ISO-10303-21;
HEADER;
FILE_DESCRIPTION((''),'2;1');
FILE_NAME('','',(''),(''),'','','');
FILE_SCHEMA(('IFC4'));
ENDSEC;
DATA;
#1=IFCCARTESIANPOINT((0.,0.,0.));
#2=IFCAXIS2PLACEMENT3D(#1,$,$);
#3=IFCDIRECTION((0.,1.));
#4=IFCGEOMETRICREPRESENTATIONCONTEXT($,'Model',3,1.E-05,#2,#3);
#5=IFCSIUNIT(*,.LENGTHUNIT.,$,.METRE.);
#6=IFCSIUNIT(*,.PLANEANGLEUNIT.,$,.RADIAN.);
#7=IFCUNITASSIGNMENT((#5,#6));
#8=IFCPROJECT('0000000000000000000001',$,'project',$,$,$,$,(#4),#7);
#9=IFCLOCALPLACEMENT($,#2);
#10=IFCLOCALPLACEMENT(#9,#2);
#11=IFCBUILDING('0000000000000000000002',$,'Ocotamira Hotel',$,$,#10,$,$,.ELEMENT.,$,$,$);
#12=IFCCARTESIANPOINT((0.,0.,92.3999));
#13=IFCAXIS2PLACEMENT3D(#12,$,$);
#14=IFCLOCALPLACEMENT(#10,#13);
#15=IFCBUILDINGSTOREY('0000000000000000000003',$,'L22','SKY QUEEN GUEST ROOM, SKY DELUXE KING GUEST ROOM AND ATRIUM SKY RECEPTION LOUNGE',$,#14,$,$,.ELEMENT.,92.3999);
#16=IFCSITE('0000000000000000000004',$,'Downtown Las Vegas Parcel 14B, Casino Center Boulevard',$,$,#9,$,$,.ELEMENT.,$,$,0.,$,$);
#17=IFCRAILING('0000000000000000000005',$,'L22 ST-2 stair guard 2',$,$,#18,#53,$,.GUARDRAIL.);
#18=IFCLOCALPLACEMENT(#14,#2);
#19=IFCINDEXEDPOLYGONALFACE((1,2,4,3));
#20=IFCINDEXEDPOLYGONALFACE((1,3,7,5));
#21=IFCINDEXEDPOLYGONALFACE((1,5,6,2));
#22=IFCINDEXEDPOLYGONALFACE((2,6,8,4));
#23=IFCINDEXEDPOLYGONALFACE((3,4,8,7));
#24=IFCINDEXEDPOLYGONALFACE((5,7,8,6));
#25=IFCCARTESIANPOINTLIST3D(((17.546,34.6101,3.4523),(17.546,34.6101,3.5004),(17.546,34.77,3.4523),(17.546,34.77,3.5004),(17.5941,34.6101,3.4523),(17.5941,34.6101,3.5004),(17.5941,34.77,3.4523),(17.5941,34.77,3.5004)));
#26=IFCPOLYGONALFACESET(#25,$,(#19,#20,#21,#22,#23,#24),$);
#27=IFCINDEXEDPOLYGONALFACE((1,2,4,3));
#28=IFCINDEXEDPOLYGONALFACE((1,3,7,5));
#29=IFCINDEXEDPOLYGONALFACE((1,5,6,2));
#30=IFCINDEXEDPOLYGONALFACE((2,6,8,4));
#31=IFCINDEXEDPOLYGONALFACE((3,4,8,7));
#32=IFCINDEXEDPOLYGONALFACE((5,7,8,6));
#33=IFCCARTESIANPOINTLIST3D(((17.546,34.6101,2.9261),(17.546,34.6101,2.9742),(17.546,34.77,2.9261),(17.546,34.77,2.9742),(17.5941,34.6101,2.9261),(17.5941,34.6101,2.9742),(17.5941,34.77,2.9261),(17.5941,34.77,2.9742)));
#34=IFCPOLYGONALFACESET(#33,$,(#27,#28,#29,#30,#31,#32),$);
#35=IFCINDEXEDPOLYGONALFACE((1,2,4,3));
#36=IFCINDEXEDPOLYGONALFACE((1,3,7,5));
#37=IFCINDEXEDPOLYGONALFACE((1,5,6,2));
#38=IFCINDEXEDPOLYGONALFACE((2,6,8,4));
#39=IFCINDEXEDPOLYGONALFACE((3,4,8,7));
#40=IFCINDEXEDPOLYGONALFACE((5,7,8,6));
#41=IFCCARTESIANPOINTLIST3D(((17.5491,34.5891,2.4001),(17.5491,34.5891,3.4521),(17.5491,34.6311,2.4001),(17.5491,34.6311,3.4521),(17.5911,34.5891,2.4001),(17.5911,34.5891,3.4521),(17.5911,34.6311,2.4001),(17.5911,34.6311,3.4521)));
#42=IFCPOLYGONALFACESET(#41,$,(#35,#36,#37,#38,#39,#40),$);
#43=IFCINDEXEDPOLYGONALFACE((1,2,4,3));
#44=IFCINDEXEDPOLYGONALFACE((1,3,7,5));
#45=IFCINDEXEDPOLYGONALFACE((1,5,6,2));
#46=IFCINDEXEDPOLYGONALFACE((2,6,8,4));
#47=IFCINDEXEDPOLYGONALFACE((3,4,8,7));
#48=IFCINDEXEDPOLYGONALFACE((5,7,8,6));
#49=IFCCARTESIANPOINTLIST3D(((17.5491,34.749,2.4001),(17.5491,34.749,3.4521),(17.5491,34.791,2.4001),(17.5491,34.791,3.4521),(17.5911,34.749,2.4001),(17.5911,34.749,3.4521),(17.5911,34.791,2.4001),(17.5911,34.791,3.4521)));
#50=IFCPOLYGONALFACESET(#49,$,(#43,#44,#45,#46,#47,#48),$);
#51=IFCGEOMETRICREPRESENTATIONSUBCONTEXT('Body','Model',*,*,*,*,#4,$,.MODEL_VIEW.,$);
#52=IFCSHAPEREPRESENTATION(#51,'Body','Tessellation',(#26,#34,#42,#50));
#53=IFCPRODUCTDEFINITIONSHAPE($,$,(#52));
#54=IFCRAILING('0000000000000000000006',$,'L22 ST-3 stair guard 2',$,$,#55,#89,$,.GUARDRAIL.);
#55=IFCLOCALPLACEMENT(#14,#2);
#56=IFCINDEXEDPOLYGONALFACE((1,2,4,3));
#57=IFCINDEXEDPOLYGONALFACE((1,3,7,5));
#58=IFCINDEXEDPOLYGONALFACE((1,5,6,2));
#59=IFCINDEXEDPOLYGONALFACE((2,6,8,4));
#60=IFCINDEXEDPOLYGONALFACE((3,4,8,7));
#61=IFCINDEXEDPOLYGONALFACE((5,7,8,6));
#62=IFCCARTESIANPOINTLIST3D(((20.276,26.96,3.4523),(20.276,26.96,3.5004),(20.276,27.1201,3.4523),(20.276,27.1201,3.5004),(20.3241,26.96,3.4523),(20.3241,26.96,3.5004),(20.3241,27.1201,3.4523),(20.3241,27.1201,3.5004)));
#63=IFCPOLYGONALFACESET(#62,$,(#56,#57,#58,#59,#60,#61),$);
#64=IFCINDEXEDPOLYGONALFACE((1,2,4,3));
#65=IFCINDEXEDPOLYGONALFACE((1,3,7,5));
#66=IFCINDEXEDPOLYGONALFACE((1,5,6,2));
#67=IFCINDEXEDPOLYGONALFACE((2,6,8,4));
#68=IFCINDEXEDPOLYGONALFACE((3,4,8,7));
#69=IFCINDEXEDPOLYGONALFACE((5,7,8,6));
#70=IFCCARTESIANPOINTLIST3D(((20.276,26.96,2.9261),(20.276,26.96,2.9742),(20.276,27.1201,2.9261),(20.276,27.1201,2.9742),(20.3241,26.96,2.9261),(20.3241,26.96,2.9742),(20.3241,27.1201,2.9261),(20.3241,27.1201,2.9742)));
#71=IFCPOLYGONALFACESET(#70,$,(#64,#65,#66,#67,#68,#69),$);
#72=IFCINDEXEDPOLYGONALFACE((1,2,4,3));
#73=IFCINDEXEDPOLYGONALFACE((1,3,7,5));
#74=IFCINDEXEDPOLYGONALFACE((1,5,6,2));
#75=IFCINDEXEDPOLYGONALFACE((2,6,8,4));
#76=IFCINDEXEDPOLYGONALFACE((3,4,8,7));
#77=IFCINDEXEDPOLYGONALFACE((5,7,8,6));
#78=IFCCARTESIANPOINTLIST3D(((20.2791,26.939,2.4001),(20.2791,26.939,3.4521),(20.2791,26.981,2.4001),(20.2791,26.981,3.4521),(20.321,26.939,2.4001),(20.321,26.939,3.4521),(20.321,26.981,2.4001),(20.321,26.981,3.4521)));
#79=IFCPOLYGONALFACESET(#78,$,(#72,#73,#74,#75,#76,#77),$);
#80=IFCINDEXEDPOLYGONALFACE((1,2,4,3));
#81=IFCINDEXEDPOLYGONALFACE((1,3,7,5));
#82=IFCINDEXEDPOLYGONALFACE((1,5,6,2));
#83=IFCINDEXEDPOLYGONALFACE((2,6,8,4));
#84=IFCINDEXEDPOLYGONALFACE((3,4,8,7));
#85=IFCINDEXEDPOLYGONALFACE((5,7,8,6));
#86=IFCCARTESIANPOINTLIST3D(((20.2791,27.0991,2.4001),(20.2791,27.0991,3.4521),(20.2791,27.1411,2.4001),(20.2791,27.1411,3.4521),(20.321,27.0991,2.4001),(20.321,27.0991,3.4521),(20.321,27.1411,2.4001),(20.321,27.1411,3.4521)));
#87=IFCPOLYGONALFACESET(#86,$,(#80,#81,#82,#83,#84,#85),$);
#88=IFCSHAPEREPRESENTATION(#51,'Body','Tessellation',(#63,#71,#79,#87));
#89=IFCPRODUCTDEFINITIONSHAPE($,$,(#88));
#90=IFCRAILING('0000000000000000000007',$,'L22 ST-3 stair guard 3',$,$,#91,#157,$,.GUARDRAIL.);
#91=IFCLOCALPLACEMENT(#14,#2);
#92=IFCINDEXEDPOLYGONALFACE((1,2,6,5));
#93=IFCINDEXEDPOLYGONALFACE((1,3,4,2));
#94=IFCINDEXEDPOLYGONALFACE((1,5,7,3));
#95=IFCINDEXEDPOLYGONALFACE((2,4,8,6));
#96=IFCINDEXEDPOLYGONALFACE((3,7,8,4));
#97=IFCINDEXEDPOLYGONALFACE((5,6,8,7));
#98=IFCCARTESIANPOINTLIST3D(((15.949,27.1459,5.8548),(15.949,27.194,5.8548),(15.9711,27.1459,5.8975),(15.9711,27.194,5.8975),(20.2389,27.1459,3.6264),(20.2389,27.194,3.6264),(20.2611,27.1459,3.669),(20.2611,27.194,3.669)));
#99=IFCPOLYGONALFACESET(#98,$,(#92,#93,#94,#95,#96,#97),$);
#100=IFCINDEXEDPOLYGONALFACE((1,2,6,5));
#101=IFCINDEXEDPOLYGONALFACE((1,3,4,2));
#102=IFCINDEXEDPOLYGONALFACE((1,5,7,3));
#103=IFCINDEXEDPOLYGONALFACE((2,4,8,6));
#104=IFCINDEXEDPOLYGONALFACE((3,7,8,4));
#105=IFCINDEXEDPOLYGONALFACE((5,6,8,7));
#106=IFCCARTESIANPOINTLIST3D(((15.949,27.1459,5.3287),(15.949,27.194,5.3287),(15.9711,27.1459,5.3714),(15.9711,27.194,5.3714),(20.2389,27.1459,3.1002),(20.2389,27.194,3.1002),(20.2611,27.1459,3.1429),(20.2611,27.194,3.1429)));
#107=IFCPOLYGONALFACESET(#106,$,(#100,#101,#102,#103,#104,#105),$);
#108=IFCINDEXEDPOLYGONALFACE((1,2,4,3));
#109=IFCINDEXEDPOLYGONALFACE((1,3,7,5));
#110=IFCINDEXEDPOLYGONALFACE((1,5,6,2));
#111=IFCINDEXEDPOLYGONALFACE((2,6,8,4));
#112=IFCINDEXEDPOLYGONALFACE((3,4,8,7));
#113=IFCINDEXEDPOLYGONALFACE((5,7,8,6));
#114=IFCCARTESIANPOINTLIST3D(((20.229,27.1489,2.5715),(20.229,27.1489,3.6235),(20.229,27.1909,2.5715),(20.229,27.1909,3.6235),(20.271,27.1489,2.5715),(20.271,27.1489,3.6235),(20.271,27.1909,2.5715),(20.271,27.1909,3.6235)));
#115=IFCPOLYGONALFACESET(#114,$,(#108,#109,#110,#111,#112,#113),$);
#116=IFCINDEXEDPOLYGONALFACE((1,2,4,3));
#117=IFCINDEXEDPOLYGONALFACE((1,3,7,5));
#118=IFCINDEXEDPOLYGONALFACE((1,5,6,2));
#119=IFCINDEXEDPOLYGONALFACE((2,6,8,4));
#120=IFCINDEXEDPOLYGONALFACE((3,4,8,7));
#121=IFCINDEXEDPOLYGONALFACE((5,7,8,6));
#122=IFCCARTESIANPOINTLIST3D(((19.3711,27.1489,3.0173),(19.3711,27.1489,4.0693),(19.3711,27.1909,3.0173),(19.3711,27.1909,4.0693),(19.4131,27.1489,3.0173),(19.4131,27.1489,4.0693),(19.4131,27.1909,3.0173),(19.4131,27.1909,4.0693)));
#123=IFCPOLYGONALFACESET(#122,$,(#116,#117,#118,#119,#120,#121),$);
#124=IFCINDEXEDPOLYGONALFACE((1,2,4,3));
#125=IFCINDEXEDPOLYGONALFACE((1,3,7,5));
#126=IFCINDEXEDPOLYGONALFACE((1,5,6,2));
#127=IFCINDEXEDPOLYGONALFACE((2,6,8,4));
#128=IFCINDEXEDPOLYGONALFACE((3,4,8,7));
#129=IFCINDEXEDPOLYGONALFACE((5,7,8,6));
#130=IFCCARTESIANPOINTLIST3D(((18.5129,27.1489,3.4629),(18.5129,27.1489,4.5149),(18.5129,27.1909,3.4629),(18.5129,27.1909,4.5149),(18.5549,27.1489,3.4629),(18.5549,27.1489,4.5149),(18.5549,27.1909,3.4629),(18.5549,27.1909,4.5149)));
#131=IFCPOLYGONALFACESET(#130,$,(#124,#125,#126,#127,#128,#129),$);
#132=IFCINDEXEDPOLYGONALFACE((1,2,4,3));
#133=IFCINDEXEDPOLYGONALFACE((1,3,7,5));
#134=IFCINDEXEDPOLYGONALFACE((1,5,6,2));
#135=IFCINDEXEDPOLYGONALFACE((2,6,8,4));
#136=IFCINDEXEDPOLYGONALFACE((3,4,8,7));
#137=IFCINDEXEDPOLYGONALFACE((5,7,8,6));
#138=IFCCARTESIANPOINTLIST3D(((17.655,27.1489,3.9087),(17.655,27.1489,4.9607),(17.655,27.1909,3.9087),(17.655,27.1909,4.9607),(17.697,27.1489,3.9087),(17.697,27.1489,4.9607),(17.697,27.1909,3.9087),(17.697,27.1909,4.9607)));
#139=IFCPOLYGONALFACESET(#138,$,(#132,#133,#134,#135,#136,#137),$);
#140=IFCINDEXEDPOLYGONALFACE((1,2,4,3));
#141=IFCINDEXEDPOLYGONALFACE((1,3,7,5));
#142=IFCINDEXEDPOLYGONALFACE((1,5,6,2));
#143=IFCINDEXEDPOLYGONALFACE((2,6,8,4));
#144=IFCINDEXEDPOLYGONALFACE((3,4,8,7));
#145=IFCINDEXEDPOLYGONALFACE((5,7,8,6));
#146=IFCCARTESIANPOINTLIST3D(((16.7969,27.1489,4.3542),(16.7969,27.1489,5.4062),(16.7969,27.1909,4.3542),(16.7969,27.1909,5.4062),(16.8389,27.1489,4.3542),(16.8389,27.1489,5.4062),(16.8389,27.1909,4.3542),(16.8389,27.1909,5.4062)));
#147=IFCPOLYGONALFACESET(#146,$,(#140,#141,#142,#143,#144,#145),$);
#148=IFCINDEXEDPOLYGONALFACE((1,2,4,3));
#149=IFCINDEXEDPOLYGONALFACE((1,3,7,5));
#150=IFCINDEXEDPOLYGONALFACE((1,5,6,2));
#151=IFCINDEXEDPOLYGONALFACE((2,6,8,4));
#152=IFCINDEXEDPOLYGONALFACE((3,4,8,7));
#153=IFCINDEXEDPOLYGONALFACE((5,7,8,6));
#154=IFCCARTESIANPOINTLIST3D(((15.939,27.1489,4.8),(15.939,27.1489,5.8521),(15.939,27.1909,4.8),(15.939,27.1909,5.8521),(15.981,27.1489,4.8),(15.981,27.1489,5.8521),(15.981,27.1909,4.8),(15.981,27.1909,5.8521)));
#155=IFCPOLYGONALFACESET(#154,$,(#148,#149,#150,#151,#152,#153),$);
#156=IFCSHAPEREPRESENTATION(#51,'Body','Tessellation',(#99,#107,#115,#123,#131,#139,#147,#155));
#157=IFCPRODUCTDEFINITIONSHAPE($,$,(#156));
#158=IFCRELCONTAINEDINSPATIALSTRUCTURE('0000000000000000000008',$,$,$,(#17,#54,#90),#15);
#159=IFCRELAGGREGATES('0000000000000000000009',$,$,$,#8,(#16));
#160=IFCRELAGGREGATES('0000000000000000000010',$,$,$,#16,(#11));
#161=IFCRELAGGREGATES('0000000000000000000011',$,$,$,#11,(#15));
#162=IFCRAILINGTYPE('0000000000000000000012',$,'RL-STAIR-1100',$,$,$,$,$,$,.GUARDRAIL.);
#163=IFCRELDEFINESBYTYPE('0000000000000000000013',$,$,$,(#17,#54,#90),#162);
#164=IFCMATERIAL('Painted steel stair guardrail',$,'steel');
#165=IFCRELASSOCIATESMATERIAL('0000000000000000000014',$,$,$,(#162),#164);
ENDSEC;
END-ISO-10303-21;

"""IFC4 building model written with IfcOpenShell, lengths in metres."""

from ifc_helpers import new_model, si_unit, direction, frame, origin, origin_2d, place, context, subcontext, project, spatial, rectangle, extrude, material, type_object, element, save


model = new_model("IFC4")

# Units and contexts
model_context = context("Model", 3, precision=1e-05, world=origin(), true_north=direction((0.0, 1.0)))
body_context = subcontext(model_context, "Body", "Model", "MODEL_VIEW")
ifc_project = project(units=[si_unit("LENGTHUNIT", "METRE"), si_unit("PLANEANGLEUNIT", "RADIAN")], contexts=[model_context])

# Site, building, storey
site_placement = place(None, origin())
site = spatial("IfcSite", under=ifc_project, at=site_placement, Name="Downtown Las Vegas Parcel 14B, Casino Center Boulevard", CompositionType="ELEMENT", RefElevation=0.0)
building_placement = place(site_placement, origin())
building = spatial("IfcBuilding", under=site, at=building_placement, Name="Ocotamira Hotel", CompositionType="ELEMENT")
storey_placement = place(building_placement, frame((0.0, 0.0, 92.3999)))
storey = spatial("IfcBuildingStorey", under=building, at=storey_placement, Name="L22", Description="SKY QUEEN GUEST ROOM, SKY DELUXE KING GUEST ROOM AND ATRIUM SKY RECEPTION LOUNGE", CompositionType="ELEMENT", Elevation=92.3999)

# Railings
ifc_material_1 = material(Name="Painted steel stair guardrail", Category="steel")
railing_type_1 = type_object("IfcRailingType", Name="RL-STAIR-1100", PredefinedType="GUARDRAIL", material=ifc_material_1)
railing_1_placement = place(storey_placement, frame((17.5701, 34.6101, 2.4001)))
element("IfcRailing", 1, at=railing_1_placement, inside=storey, type_object=railing_type_1, Name="L22 ST-2 stair guard 2", PredefinedType="GUARDRAIL", context=body_context, shape_type="SweptSolid", body=[
    extrude(rectangle(XDim=0.0481, YDim=0.0481, at=origin_2d()), frame((0.0, 0.0, 1.0762), z_axis=(0.0, 1.0, 0.0), x_axis=(-1.0, 0.0, 0.0)), (0.0, 0.0, 1.0), 0.1599),
    extrude(rectangle(XDim=0.0481, YDim=0.0481, at=origin_2d()), frame((0.0, 0.0, 0.55), z_axis=(0.0, 1.0, 0.0), x_axis=(-1.0, 0.0, 0.0)), (0.0, 0.0, 1.0), 0.1599),
    extrude(rectangle(XDim=0.042, YDim=0.042, at=origin_2d()), origin(), (0.0, 0.0, 1.0), 1.052),
    extrude(rectangle(XDim=0.042, YDim=0.042, at=origin_2d()), frame((0.0, 0.1599, 0.0)), (0.0, 0.0, 1.0), 1.052),
])
railing_2_placement = place(storey_placement, frame((20.3, 26.96, 2.4001)))
element("IfcRailing", 2, at=railing_2_placement, inside=storey, type_object=railing_type_1, Name="L22 ST-3 stair guard 2", PredefinedType="GUARDRAIL", context=body_context, shape_type="SweptSolid", body=[
    extrude(rectangle(XDim=0.0481, YDim=0.0481, at=origin_2d()), frame((0.0, 0.0, 1.0762), z_axis=(0.0, 1.0, 0.0), x_axis=(-1.0, 0.0, 0.0)), (0.0, 0.0, 1.0), 0.1602),
    extrude(rectangle(XDim=0.0481, YDim=0.0481, at=origin_2d()), frame((0.0, 0.0, 0.55), z_axis=(0.0, 1.0, 0.0), x_axis=(-1.0, 0.0, 0.0)), (0.0, 0.0, 1.0), 0.1602),
    extrude(rectangle(XDim=0.042, YDim=0.042, at=origin_2d()), origin(), (0.0, 0.0, 1.0), 1.052),
    extrude(rectangle(XDim=0.042, YDim=0.042, at=origin_2d()), frame((0.0, 0.1602, 0.0)), (0.0, 0.0, 1.0), 1.052),
])
railing_3_placement = place(storey_placement, frame((20.25, 27.1699, 2.5715)))
element("IfcRailing", 3, at=railing_3_placement, inside=storey, type_object=railing_type_1, Name="L22 ST-3 stair guard 3", PredefinedType="GUARDRAIL", context=body_context, shape_type="SweptSolid", body=[
    extrude(rectangle(XDim=0.0481, YDim=0.0481, at=origin_2d()), frame((0.0, 0.0, 1.0762), z_axis=(-0.887412, 0.0, 0.460977), x_axis=(0.0, -1.0, 0.0)), (0.0, 0.0, 1.0), 4.8342),
    extrude(rectangle(XDim=0.0481, YDim=0.0481, at=origin_2d()), frame((0.0, 0.0, 0.55), z_axis=(-0.887412, 0.0, 0.460977), x_axis=(0.0, -1.0, 0.0)), (0.0, 0.0, 1.0), 4.8342),
    extrude(rectangle(XDim=0.042, YDim=0.042, at=origin_2d()), origin(), (0.0, 0.0, 1.0), 1.052),
    extrude(rectangle(XDim=0.042, YDim=0.042, at=origin_2d()), frame((-0.8579, 0.0, 0.4458)), (0.0, 0.0, 1.0), 1.052),
    extrude(rectangle(XDim=0.042, YDim=0.042, at=origin_2d()), frame((-1.7161, 0.0, 0.8914)), (0.0, 0.0, 1.0), 1.052),
    extrude(rectangle(XDim=0.042, YDim=0.042, at=origin_2d()), frame((-2.574, 0.0, 1.3372)), (0.0, 0.0, 1.0), 1.052),
    extrude(rectangle(XDim=0.042, YDim=0.042, at=origin_2d()), frame((-3.4321, 0.0, 1.7827)), (0.0, 0.0, 1.0), 1.052),
    extrude(rectangle(XDim=0.042, YDim=0.042, at=origin_2d()), frame((-4.29, 0.0, 2.2285)), (0.0, 0.0, 1.0), 1.052),
])

save(model, "model.ifc")
